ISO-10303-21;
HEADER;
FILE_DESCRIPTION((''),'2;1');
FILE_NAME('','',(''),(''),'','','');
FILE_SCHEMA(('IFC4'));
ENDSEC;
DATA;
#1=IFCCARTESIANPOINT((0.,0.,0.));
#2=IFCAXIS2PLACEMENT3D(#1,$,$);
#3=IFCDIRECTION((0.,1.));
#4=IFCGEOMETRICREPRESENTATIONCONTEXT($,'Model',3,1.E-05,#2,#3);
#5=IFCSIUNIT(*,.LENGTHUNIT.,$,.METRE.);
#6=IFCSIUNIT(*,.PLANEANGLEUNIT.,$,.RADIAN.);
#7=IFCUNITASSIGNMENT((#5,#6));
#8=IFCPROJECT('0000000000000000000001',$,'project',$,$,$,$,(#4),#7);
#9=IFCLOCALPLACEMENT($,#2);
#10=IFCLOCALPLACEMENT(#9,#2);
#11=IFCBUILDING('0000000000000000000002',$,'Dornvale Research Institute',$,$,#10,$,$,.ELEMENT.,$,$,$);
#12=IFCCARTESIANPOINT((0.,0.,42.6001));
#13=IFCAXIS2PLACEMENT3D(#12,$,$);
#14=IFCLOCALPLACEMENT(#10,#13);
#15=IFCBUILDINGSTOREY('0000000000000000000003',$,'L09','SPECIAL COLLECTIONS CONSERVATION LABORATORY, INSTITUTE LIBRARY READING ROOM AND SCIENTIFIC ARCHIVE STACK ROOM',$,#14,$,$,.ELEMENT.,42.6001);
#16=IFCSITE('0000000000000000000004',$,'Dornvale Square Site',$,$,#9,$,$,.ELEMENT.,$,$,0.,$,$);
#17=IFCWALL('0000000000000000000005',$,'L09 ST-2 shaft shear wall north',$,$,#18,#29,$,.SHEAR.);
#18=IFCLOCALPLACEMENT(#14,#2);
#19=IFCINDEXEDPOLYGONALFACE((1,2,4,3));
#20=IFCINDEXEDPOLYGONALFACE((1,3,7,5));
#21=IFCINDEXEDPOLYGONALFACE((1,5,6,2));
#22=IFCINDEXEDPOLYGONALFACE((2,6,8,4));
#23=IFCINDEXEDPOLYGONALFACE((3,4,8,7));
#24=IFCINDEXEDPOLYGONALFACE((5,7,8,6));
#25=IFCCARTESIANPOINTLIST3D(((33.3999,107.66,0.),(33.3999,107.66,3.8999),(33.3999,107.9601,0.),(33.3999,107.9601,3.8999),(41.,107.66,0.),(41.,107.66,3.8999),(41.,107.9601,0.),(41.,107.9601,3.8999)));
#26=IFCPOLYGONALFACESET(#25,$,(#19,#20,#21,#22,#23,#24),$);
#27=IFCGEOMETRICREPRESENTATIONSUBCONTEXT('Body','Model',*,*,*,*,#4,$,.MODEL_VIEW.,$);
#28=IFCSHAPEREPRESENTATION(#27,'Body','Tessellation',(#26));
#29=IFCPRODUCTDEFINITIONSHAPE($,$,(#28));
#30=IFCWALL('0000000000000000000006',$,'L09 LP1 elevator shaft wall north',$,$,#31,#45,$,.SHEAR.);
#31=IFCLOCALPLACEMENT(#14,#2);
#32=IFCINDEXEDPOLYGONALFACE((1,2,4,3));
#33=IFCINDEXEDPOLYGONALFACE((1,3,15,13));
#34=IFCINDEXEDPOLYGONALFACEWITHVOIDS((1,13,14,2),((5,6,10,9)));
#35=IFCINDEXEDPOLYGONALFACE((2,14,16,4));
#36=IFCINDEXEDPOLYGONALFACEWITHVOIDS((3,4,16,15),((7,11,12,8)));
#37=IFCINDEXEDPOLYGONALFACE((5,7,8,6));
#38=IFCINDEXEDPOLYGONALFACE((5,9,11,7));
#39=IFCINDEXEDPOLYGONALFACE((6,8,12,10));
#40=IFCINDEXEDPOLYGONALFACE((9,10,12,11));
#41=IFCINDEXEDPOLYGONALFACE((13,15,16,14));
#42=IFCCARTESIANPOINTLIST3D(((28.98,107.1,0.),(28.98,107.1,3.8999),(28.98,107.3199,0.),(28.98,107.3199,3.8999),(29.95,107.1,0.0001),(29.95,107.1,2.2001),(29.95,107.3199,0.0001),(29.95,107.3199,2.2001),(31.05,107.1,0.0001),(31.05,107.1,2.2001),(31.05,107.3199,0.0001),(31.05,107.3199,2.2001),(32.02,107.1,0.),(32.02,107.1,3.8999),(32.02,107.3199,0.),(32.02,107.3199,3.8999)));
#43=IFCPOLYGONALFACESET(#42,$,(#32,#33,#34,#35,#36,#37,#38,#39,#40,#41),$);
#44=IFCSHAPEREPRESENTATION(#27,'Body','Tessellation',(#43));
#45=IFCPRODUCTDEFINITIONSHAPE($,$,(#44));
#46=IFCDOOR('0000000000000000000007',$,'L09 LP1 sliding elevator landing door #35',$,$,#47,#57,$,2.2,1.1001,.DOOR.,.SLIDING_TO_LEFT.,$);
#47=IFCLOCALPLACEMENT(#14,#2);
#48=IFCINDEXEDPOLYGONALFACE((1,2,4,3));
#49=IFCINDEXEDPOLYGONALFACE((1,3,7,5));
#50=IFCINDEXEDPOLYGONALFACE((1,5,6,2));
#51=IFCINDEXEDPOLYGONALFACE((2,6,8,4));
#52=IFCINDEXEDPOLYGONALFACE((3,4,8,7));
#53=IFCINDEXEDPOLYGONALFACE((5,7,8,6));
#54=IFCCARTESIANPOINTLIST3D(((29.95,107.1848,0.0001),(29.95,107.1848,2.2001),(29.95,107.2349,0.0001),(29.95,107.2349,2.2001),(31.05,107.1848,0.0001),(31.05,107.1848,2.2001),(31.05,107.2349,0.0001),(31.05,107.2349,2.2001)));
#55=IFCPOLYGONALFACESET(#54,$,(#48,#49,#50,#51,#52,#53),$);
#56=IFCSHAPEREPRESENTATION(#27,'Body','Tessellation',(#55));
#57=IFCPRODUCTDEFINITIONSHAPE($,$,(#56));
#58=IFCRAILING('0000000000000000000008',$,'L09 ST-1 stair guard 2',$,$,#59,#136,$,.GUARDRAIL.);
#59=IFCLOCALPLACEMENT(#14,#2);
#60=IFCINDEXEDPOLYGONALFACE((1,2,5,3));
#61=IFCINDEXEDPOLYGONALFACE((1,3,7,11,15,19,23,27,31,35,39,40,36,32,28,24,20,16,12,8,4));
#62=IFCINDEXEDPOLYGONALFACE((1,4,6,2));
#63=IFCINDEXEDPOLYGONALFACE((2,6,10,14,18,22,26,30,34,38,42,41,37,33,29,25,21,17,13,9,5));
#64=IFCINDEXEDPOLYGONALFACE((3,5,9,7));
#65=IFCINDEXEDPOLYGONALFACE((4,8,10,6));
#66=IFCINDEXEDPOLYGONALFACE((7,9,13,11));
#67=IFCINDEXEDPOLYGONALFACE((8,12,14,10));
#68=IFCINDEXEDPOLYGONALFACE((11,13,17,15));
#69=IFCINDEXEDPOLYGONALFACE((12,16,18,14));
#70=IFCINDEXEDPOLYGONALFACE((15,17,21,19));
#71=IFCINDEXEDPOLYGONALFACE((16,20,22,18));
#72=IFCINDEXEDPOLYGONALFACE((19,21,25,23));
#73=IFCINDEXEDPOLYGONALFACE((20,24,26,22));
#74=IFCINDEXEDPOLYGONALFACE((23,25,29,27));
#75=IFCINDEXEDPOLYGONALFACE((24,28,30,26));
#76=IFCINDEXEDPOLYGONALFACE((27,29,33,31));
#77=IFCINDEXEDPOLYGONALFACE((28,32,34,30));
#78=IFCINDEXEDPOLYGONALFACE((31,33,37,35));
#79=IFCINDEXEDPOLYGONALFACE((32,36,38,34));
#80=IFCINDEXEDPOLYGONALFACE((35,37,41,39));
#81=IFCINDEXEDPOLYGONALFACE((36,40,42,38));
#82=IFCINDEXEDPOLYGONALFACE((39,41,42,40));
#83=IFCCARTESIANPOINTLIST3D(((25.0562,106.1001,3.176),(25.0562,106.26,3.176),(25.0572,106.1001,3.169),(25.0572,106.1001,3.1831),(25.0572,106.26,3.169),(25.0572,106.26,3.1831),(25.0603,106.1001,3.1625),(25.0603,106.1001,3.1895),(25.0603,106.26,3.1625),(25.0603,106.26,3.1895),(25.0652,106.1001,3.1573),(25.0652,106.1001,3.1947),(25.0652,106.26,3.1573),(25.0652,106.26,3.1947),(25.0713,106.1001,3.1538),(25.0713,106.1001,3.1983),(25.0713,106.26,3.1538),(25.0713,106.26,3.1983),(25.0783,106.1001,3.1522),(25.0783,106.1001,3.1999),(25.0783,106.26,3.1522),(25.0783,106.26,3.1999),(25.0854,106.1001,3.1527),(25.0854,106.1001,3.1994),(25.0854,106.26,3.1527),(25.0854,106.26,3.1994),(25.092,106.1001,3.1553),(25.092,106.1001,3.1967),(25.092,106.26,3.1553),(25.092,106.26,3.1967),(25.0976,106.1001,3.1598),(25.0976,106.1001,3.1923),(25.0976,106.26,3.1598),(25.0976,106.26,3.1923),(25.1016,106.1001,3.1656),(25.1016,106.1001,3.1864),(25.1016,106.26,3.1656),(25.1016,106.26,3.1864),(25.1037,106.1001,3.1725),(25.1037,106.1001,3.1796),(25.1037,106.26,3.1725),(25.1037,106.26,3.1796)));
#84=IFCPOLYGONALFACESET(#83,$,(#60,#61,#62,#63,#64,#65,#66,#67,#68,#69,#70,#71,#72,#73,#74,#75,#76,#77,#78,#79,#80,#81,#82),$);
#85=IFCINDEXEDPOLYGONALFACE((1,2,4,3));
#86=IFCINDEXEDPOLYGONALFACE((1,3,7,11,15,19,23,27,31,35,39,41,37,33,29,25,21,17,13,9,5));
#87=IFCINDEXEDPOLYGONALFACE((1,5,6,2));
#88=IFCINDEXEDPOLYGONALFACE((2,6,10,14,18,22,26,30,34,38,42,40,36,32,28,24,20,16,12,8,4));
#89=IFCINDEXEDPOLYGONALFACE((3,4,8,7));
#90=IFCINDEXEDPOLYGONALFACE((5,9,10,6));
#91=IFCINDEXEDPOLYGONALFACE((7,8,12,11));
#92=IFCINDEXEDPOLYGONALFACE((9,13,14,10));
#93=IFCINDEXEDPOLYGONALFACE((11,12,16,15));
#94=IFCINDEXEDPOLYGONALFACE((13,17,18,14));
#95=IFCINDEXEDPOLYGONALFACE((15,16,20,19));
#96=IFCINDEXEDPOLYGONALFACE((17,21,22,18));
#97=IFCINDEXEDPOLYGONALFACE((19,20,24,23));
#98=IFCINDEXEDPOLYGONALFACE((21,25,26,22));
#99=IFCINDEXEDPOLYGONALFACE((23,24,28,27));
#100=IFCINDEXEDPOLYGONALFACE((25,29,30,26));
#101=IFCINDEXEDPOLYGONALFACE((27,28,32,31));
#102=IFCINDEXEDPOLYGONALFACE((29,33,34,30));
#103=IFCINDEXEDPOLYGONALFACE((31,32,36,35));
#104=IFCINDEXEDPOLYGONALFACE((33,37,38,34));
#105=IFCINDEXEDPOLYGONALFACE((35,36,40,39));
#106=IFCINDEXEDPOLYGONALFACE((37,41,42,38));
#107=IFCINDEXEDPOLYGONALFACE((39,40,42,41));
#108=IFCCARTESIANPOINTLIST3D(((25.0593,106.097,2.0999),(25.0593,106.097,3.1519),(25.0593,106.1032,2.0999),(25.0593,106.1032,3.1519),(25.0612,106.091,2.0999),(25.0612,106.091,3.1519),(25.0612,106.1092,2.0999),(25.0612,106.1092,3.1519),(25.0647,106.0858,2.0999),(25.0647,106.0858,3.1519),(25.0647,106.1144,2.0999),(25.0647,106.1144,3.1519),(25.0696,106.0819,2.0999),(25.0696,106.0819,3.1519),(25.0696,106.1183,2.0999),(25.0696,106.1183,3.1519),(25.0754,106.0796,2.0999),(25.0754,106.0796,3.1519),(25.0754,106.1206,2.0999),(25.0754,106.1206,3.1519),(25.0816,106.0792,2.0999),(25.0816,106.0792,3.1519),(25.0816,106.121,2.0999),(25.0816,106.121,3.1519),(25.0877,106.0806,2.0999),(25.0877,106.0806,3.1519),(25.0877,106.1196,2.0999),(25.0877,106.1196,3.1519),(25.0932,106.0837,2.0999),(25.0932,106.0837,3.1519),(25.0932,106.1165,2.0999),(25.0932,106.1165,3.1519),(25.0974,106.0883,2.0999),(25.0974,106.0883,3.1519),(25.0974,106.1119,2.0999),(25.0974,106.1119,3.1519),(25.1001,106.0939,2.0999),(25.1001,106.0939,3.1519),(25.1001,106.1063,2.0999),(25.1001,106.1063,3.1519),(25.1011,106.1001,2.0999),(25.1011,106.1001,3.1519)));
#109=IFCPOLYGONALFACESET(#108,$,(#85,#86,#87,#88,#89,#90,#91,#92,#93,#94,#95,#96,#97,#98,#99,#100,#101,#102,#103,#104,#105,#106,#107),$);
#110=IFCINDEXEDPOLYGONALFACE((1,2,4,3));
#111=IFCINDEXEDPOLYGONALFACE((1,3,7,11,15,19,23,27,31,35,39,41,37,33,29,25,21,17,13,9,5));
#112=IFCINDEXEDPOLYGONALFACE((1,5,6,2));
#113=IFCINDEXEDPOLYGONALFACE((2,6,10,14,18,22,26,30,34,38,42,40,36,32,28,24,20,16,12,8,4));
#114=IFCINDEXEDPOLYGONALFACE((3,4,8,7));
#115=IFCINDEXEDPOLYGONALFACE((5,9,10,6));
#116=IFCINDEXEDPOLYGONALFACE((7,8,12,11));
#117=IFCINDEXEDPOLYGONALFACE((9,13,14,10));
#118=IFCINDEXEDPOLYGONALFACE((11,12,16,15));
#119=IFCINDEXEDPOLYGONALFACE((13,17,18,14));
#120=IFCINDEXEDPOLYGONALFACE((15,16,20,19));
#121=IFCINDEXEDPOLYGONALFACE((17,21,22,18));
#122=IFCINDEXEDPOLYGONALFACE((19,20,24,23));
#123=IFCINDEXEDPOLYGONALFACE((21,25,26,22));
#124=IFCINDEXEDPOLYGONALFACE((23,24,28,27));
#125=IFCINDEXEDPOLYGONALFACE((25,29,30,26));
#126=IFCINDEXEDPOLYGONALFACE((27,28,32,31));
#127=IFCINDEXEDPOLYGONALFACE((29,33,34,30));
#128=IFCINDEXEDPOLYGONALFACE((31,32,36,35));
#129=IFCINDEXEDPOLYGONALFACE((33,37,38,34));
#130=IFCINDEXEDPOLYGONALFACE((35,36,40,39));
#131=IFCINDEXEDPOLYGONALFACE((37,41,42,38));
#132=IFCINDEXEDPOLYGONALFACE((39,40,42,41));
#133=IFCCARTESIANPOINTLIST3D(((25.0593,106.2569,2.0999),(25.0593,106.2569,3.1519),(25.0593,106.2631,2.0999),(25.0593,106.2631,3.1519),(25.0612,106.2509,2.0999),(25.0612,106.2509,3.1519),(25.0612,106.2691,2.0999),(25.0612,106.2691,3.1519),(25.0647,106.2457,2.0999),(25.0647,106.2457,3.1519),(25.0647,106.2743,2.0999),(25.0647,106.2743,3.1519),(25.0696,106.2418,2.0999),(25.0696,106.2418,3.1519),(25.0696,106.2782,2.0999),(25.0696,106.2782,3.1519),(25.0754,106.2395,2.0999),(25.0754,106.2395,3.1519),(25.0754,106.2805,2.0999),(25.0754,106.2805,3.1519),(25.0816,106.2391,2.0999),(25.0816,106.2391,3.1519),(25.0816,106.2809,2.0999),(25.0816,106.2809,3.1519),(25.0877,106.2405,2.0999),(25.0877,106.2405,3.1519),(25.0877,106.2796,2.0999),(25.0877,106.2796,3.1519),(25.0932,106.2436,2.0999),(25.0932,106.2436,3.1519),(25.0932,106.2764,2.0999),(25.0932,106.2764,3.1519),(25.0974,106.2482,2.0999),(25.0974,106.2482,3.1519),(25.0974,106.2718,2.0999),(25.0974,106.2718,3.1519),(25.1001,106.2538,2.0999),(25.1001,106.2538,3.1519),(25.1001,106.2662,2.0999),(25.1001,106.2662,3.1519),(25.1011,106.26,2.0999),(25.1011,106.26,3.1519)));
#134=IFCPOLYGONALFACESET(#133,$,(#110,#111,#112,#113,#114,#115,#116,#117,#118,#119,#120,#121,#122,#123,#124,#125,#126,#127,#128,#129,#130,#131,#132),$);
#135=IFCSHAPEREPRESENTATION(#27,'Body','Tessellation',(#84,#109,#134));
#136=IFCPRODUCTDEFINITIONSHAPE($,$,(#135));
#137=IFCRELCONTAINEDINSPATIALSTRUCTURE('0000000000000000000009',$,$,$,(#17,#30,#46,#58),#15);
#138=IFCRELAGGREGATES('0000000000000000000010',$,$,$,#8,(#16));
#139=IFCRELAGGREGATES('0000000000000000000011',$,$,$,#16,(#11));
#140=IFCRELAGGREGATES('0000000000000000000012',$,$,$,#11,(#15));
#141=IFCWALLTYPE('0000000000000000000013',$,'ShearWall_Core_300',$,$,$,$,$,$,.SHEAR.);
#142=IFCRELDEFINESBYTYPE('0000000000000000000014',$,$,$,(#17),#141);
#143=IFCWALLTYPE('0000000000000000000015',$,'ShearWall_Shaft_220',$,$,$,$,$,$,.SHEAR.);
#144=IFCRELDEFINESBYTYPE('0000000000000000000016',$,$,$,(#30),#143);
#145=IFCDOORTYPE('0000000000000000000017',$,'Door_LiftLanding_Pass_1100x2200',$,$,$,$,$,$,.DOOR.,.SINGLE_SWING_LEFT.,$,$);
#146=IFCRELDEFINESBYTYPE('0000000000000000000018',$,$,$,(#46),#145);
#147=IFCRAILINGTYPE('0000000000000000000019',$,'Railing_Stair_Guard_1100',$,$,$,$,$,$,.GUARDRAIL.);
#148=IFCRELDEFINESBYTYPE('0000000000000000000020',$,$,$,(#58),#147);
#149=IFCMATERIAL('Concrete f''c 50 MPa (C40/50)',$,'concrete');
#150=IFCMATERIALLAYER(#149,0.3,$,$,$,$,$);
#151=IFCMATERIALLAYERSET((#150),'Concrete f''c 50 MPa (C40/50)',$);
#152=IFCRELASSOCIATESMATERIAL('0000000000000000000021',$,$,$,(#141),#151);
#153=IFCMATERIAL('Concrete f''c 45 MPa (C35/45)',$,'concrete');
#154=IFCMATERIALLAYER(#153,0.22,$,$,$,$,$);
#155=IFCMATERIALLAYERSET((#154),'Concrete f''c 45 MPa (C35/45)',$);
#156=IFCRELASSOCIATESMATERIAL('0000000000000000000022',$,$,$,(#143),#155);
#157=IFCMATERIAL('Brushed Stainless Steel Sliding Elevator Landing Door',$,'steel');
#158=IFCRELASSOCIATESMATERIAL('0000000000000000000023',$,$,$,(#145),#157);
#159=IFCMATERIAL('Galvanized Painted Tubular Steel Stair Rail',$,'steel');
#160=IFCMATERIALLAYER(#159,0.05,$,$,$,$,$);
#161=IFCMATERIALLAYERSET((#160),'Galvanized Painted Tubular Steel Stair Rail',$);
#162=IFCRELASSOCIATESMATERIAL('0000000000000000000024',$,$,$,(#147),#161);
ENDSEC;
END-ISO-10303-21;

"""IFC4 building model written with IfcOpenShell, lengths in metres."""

from ifc_helpers import new_model, si_unit, direction, frame, frame_2d, origin, origin_2d, place, context, subcontext, project, spatial, rectangle, circle, extrude, material, layer, layer_set, type_object, element, fill, save


model = new_model("IFC4")

# Units and contexts
model_context = context("Model", 3, precision=1e-05, world=origin(), true_north=direction((0.0, 1.0)))
body_context = subcontext(model_context, "Body", "Model", "MODEL_VIEW")
ifc_project = project(units=[si_unit("LENGTHUNIT", "METRE"), si_unit("PLANEANGLEUNIT", "RADIAN")], contexts=[model_context])

# Site, building, storey
site_placement = place(None, origin())
site = spatial("IfcSite", under=ifc_project, at=site_placement, Name="Dornvale Square Site", CompositionType="ELEMENT", RefElevation=0.0)
building_placement = place(site_placement, origin())
building = spatial("IfcBuilding", under=site, at=building_placement, Name="Dornvale Research Institute", CompositionType="ELEMENT")
storey_placement = place(building_placement, frame((0.0, 0.0, 42.6001)))
storey = spatial("IfcBuildingStorey", under=building, at=storey_placement, Name="L09", Description="SPECIAL COLLECTIONS CONSERVATION LABORATORY, INSTITUTE LIBRARY READING ROOM AND SCIENTIFIC ARCHIVE STACK ROOM", CompositionType="ELEMENT", Elevation=42.6001)

# Wall
ifc_material_1 = material(Name="Concrete f'c 50 MPa (C40/50)", Category="concrete")
ifc_layer_1 = layer(ifc_material_1, 0.3)
ifc_layer_set_1 = layer_set([ifc_layer_1], Name="Concrete f'c 50 MPa (C40/50)")
wall_type_1 = type_object("IfcWallType", Name="ShearWall_Core_300", PredefinedType="SHEAR", material=ifc_layer_set_1)
wall_1_placement = place(storey_placement, frame((33.3999, 107.8101, 0.0), z_axis=(0.0, 0.0, 1.0), x_axis=(1.0, 0.0, 0.0)))
element("IfcWall", 1, at=wall_1_placement, inside=storey, type_object=wall_type_1, Name="L09 ST-2 shaft shear wall north", PredefinedType="SHEAR", context=body_context, shape_type="SweptSolid", body=[
    extrude(rectangle(XDim=7.6001, YDim=0.3, at=frame_2d((3.8, 0.0))), origin(), (0.0, 0.0, 1.0), 3.8999),
])

# Wall, opening, door
ifc_material_2 = material(Name="Concrete f'c 45 MPa (C35/45)", Category="concrete")
ifc_layer_2 = layer(ifc_material_2, 0.22)
ifc_layer_set_2 = layer_set([ifc_layer_2], Name="Concrete f'c 45 MPa (C35/45)")
wall_type_2 = type_object("IfcWallType", Name="ShearWall_Shaft_220", PredefinedType="SHEAR", material=ifc_layer_set_2)
wall_2_placement = place(storey_placement, frame((28.98, 107.21, 0.0), z_axis=(0.0, 0.0, 1.0), x_axis=(1.0, 0.0, 0.0)))
wall_2 = element("IfcWall", 2, at=wall_2_placement, inside=storey, type_object=wall_type_2, Name="L09 LP1 elevator shaft wall north", PredefinedType="SHEAR", context=body_context, shape_type="SweptSolid", body=[
    extrude(rectangle(XDim=3.04, YDim=0.22, at=frame_2d((1.52, 0.0))), origin(), (0.0, 0.0, 1.0), 3.8999),
])
opening_1_placement = place(wall_2_placement, frame((0.97, 0.0, 0.0)))
opening_1 = element("IfcOpeningElement", 3, at=opening_1_placement, cuts=wall_2, PredefinedType="OPENING", context=body_context, shape_type="SweptSolid", body=[
    extrude(rectangle(XDim=1.1001, YDim=2.2, at=frame_2d((0.55, 1.1001))), frame((0.0, 0.125, 0.0), z_axis=(0.0, -1.0, 0.0), x_axis=(1.0, 0.0, 0.0)), (0.0, 0.0, 1.0), 0.25),
])
ifc_material_3 = material(Name="Brushed Stainless Steel Sliding Elevator Landing Door", Category="steel")
door_type_1 = type_object("IfcDoorType", Name="Door_LiftLanding_Pass_1100x2200", OperationType="SINGLE_SWING_LEFT", PredefinedType="DOOR", material=ifc_material_3)
door_1_placement = place(opening_1_placement, origin())
door_1 = element("IfcDoor", 4, at=door_1_placement, inside=storey, type_object=door_type_1, Name="L09 LP1 sliding elevator landing door #35", OperationType="SLIDING_TO_LEFT", OverallHeight=2.2, OverallWidth=1.1001, PredefinedType="DOOR", context=body_context, shape_type="SweptSolid", body=[
    extrude(rectangle(XDim=1.1001, YDim=2.2, at=frame_2d((0.55, 1.1001))), frame((0.0, 0.0249, 0.0), z_axis=(0.0, -1.0, 0.0), x_axis=(1.0, 0.0, 0.0)), (0.0, 0.0, 1.0), 0.05),
])
fill(opening_1, door_1)

# Railing
ifc_material_4 = material(Name="Galvanized Painted Tubular Steel Stair Rail", Category="steel")
ifc_layer_3 = layer(ifc_material_4, 0.05)
ifc_layer_set_3 = layer_set([ifc_layer_3], Name="Galvanized Painted Tubular Steel Stair Rail")
railing_type = type_object("IfcRailingType", Name="Railing_Stair_Guard_1100", PredefinedType="GUARDRAIL", material=ifc_layer_set_3)
railing_1_placement = place(storey_placement, frame((25.0801, 106.1001, 2.0999)))
element("IfcRailing", 5, at=railing_1_placement, inside=storey, type_object=railing_type, Name="L09 ST-1 stair guard 2", PredefinedType="GUARDRAIL", context=body_context, shape_type="SweptSolid", body=[
    extrude(circle(Radius=0.0239, at=origin_2d()), frame((0.0, 0.0, 1.0762), z_axis=(0.0, 1.0, 0.0), x_axis=(-1.0, 0.0, 0.0)), (0.0, 0.0, 1.0), 0.1599),
    extrude(circle(Radius=0.021, at=origin_2d()), origin(), (0.0, 0.0, 1.0), 1.052),
    extrude(circle(Radius=0.021, at=origin_2d()), frame((0.0, 0.1599, 0.0)), (0.0, 0.0, 1.0), 1.052),
])

save(model, "model.ifc")
